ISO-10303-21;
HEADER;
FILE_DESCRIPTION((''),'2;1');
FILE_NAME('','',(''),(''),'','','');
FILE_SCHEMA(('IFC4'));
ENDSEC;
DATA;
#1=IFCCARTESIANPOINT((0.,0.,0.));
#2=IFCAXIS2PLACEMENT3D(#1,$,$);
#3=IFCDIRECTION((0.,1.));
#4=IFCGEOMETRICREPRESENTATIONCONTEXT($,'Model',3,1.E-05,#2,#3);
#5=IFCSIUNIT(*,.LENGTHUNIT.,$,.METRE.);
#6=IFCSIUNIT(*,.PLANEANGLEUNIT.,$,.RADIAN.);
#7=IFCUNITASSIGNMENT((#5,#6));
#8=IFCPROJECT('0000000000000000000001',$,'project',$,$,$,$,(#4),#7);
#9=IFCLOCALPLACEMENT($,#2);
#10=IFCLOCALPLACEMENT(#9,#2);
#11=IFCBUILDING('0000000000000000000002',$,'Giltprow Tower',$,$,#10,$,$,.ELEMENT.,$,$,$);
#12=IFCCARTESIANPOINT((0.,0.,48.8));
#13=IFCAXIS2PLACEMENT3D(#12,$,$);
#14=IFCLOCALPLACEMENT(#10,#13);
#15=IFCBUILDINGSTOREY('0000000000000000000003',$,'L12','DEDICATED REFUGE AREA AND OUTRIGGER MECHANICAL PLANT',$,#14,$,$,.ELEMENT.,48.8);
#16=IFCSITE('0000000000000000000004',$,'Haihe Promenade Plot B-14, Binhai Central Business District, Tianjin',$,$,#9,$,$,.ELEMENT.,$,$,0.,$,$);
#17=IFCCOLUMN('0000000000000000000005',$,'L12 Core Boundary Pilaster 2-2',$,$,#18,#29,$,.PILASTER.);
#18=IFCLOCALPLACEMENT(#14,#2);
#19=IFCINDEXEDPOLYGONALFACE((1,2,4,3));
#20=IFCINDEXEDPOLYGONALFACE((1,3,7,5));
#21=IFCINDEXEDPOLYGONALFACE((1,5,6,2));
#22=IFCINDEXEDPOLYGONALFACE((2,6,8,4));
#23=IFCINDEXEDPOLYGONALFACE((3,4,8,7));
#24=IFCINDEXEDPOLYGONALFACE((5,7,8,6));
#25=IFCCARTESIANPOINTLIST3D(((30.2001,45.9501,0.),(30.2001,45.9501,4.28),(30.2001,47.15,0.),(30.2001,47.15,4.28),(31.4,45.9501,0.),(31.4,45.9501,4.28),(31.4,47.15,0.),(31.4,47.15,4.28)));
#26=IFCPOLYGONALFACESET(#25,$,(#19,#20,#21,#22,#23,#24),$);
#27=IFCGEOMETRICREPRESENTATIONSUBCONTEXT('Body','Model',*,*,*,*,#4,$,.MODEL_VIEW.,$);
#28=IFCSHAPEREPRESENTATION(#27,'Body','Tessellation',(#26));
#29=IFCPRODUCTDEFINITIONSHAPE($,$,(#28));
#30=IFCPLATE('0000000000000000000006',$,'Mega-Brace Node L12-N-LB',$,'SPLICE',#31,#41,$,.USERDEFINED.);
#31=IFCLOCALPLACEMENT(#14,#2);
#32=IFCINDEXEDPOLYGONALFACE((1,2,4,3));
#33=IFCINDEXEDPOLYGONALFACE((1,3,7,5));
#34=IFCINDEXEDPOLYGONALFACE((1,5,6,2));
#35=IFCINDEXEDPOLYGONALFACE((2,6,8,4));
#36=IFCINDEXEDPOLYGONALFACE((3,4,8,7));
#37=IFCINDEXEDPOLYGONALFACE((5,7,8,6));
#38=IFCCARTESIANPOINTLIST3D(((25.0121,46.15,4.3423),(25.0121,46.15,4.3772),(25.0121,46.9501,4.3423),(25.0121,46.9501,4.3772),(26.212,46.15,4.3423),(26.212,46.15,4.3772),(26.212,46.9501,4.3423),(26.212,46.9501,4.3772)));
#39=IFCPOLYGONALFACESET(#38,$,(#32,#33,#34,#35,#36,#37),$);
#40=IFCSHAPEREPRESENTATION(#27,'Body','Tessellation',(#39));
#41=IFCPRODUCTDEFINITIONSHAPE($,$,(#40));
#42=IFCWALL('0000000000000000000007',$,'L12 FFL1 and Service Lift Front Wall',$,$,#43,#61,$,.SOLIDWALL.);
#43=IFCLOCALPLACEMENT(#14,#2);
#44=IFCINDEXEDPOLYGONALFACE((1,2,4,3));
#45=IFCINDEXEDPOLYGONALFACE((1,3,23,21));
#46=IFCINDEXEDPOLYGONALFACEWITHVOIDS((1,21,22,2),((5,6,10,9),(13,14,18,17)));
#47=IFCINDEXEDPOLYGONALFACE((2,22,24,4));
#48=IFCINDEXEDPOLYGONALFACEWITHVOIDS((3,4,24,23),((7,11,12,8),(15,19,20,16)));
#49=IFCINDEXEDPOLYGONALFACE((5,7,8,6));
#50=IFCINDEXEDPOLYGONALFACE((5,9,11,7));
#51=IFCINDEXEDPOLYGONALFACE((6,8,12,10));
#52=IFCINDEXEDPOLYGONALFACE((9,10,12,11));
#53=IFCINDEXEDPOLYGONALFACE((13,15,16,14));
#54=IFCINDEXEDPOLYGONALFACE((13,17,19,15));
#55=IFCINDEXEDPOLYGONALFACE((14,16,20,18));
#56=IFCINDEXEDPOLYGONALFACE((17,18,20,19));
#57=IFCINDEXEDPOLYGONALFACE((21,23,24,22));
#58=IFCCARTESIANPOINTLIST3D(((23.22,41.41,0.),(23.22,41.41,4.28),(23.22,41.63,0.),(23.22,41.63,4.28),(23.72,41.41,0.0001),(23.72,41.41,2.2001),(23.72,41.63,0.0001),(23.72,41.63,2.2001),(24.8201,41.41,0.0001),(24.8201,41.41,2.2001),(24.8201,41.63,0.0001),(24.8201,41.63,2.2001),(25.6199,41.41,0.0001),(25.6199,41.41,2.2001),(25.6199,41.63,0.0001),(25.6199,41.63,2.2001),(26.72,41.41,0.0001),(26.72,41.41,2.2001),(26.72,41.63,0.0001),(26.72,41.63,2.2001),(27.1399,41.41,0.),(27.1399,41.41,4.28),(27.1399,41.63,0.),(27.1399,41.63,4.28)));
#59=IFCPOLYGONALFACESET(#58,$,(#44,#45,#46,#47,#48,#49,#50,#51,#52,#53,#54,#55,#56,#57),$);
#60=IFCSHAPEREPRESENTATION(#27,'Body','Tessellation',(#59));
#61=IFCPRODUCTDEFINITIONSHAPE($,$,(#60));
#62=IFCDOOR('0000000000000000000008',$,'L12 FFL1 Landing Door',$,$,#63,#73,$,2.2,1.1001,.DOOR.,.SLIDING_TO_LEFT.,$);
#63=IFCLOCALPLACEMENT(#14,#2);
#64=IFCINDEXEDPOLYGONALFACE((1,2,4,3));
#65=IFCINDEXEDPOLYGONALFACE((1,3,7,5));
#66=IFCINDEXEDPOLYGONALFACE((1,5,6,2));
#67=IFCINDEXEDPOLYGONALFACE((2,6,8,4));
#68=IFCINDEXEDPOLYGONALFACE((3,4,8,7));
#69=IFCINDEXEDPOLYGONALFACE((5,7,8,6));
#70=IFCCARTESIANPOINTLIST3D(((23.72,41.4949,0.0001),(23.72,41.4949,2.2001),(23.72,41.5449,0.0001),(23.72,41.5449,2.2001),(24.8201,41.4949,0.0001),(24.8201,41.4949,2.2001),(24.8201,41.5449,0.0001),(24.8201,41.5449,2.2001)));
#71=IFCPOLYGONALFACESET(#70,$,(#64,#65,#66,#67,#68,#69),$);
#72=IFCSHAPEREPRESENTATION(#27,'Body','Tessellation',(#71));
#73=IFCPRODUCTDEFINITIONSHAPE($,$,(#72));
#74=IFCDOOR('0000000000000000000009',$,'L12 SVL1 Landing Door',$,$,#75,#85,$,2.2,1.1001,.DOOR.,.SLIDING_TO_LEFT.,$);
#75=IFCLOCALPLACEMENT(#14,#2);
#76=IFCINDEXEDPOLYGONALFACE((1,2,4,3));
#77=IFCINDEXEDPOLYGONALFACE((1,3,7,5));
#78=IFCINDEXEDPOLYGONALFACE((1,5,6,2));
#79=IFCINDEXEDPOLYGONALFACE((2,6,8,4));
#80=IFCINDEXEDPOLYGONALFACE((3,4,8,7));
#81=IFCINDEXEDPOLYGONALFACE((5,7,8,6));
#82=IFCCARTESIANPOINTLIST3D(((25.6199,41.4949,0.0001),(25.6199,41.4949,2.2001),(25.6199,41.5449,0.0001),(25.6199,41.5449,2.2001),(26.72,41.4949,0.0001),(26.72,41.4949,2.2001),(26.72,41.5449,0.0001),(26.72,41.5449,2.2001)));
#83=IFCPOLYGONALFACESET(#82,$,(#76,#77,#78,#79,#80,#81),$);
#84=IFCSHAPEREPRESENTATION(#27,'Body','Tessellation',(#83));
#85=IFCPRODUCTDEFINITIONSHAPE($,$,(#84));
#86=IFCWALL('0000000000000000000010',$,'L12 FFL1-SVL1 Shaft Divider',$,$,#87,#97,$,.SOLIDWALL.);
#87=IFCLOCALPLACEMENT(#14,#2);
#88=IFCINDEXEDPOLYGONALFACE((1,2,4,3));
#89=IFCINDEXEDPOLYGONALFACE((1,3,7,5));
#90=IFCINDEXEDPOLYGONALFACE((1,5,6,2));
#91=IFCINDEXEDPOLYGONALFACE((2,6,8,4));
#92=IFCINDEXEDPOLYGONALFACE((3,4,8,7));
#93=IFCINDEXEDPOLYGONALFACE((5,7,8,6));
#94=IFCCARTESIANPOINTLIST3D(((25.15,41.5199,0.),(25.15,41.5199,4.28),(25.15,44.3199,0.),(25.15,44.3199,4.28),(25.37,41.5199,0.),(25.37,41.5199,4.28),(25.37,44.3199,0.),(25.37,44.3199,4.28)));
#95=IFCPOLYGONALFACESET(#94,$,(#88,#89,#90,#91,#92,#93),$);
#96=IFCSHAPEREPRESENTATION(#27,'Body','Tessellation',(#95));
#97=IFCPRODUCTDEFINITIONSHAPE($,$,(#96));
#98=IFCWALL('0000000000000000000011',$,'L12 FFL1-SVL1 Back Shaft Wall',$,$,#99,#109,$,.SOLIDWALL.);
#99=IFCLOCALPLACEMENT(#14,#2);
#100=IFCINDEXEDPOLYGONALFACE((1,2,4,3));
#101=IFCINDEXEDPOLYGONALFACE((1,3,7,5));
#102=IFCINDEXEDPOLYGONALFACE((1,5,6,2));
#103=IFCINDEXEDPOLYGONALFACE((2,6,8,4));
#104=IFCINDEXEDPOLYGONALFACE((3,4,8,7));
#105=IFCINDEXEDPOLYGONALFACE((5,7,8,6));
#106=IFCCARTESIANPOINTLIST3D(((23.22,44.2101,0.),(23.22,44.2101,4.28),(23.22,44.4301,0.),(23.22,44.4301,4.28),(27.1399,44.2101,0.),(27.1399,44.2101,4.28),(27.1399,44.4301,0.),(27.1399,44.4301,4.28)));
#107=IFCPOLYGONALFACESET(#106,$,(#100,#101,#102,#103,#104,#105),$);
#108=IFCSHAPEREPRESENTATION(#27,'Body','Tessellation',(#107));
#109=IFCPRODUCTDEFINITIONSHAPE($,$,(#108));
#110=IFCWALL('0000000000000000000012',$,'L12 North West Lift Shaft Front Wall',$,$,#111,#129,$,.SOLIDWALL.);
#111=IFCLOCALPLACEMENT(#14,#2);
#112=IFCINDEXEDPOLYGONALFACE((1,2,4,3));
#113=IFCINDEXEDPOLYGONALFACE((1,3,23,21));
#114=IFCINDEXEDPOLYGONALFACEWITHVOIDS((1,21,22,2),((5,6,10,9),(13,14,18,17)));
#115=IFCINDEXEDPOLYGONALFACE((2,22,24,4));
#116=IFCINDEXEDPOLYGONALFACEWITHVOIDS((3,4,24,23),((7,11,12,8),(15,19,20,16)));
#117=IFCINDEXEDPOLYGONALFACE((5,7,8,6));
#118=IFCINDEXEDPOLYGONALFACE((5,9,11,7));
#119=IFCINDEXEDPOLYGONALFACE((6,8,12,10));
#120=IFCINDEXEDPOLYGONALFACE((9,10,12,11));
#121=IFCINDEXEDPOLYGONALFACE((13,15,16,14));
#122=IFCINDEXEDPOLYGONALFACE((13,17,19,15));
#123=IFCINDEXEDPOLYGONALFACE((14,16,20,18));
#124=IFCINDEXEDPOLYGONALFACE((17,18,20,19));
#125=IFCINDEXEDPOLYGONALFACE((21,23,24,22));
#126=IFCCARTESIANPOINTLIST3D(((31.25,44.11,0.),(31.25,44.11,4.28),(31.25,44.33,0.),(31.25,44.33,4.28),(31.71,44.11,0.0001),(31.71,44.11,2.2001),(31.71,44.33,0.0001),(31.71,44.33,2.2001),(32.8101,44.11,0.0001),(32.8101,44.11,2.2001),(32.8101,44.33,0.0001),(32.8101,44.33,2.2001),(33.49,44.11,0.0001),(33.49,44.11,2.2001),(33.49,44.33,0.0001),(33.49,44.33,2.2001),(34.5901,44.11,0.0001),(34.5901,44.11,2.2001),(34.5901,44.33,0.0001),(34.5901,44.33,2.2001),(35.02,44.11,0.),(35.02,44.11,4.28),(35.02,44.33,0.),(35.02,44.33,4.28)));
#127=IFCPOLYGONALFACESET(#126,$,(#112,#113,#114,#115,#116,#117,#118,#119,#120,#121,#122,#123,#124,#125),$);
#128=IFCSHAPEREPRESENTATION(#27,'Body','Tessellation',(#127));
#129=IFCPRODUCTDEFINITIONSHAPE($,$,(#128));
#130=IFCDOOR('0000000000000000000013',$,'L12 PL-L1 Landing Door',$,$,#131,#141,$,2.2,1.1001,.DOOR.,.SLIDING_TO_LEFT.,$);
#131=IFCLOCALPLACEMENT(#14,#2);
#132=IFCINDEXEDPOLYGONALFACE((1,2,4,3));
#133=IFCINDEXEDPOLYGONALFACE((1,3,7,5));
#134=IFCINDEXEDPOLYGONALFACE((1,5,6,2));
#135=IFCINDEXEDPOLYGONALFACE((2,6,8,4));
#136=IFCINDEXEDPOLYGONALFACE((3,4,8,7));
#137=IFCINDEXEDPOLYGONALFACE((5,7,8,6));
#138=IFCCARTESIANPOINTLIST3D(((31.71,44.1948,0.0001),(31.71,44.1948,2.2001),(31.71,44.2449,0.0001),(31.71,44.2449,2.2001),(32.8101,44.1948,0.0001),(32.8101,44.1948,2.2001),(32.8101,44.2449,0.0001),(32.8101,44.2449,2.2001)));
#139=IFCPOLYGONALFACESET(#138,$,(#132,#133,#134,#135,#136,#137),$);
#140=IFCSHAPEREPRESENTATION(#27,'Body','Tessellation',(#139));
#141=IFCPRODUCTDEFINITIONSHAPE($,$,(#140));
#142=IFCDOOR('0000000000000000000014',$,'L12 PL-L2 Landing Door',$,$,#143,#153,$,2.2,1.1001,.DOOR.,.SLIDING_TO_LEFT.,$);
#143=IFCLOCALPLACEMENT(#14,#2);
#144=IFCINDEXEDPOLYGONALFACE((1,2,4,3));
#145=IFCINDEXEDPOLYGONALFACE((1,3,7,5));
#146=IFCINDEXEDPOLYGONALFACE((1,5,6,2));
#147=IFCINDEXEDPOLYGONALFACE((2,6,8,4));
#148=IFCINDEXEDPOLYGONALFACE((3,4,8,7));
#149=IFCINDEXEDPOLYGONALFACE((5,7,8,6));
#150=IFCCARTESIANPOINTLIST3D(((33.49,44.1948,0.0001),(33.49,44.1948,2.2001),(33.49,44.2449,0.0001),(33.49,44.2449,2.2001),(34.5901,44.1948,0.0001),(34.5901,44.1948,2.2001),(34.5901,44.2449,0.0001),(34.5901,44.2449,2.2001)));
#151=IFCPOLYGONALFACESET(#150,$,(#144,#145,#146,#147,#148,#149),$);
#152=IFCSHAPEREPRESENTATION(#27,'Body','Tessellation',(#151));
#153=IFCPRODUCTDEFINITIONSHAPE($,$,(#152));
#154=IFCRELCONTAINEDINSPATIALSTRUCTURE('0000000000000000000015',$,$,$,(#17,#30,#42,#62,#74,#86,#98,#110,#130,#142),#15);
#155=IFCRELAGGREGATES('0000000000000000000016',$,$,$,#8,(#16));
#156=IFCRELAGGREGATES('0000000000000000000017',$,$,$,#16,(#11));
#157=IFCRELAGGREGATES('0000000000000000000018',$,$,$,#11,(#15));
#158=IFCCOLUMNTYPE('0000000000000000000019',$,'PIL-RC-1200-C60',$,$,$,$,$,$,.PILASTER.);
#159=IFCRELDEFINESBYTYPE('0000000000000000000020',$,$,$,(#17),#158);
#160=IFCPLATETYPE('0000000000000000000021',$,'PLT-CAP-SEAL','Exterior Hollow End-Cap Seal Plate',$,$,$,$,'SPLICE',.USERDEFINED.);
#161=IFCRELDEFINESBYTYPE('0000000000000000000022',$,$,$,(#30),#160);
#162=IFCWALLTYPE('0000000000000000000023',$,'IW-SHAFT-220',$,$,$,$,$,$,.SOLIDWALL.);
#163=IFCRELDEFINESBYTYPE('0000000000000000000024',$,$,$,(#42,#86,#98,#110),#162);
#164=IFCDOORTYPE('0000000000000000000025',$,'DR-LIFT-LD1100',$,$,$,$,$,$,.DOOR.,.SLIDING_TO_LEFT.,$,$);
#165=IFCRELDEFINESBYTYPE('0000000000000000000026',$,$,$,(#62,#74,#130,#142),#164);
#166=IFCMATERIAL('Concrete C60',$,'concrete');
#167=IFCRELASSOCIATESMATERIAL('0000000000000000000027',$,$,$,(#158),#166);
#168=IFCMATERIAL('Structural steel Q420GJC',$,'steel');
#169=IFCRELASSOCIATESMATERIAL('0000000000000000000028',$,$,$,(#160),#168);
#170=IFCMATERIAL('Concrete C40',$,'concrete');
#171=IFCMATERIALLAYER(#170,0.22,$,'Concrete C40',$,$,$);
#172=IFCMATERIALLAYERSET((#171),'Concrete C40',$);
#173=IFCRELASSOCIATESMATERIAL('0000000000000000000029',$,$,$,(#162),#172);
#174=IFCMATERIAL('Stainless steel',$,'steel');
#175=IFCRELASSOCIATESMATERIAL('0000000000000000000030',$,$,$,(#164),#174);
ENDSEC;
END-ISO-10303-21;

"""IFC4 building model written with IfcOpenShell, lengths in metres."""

from ifc_helpers import new_model, si_unit, direction, frame, frame_2d, origin, origin_2d, place, context, subcontext, project, spatial, rectangle, extrude, source, transform, mapped, material, layer, layer_set, material_profile, profile_set, type_object, element, fill, save


model = new_model("IFC4")

# Units and contexts
model_context = context("Model", 3, precision=1e-05, world=origin(), true_north=direction((0.0, 1.0)))
body_context = subcontext(model_context, "Body", "Model", "MODEL_VIEW")
ifc_project = project(units=[si_unit("LENGTHUNIT", "METRE"), si_unit("PLANEANGLEUNIT", "RADIAN")], contexts=[model_context])

# Site, building, storey
site_placement = place(None, origin())
site = spatial("IfcSite", under=ifc_project, at=site_placement, Name="Haihe Promenade Plot B-14, Binhai Central Business District, Tianjin", CompositionType="ELEMENT", RefElevation=0.0)
building_placement = place(site_placement, origin())
building = spatial("IfcBuilding", under=site, at=building_placement, Name="Giltprow Tower", CompositionType="ELEMENT")
storey_placement = place(building_placement, frame((0.0, 0.0, 48.8)))
storey = spatial("IfcBuildingStorey", under=building, at=storey_placement, Name="L12", Description="DEDICATED REFUGE AREA AND OUTRIGGER MECHANICAL PLANT", CompositionType="ELEMENT", Elevation=48.8)

# Column
ifc_material_1 = material(Name="Concrete C60", Category="concrete")
ifc_material_profile = material_profile(ifc_material_1, rectangle(XDim=1.2, YDim=1.2, at=origin_2d()), Name="RC 1200x1200")
ifc_profile_set = profile_set([ifc_material_profile], Name="Concrete C60")
column_type = type_object("IfcColumnType", Name="PIL-RC-1200-C60", PredefinedType="PILASTER", material=ifc_profile_set)
shared_shape_1 = source(origin(), body_context, "Body", "SweptSolid", [
    extrude(rectangle(XDim=1.2, YDim=1.2, at=origin_2d()), origin(), (0.0, 0.0, 1.0), 4.28),
])
column_placement = place(storey_placement, frame((30.8, 46.55, 0.0), z_axis=(0.0, 0.0, 1.0), x_axis=(1.0, 0.0, 0.0)))
element("IfcColumn", 1, at=column_placement, inside=storey, type_object=column_type, Name="L12 Core Boundary Pilaster 2-2", PredefinedType="PILASTER", context=body_context, shape_type="MappedRepresentation", body=[
    mapped(shared_shape_1, transform((0.0, 0.0, 0.0), x_axis=(1.0, 0.0, 0.0), y_axis=(0.0, 1.0, 0.0), z_axis=(0.0, 0.0, 1.0), scale=1.0)),
])

# Plate
ifc_material_2 = material(Name="Structural steel Q420GJC", Category="steel")
plate_type = type_object("IfcPlateType", Name="PLT-CAP-SEAL", Description="Exterior Hollow End-Cap Seal Plate", ElementType="SPLICE", PredefinedType="USERDEFINED", material=ifc_material_2)
shared_shape_2 = source(origin(), body_context, "Body", "SweptSolid", [
    extrude(rectangle(XDim=1.2, YDim=0.8, at=origin_2d()), origin(), (0.0, 0.0, 1.0), 0.0349),
])
plate_placement = place(storey_placement, frame((25.6121, 46.55, 4.3423), z_axis=(0.0, 0.0, 1.0), x_axis=(1.0, 0.0, 0.0)))
element("IfcPlate", 2, at=plate_placement, inside=storey, type_object=plate_type, Name="Mega-Brace Node L12-N-LB", ObjectType="SPLICE", PredefinedType="USERDEFINED", context=body_context, shape_type="MappedRepresentation", body=[
    mapped(shared_shape_2, transform((0.0, 0.0, 0.0), x_axis=(1.0, 0.0, 0.0), y_axis=(0.0, 1.0, 0.0), z_axis=(0.0, 0.0, 1.0), scale=1.0)),
])

# Wall, openings, doors
ifc_material_3 = material(Name="Concrete C40", Category="concrete")
ifc_layer_1 = layer(ifc_material_3, 0.22, Name="Concrete C40")
ifc_layer_set_1 = layer_set([ifc_layer_1], Name="Concrete C40")
wall_type_1 = type_object("IfcWallType", Name="IW-SHAFT-220", PredefinedType="SOLIDWALL", material=ifc_layer_set_1)
wall_1_placement = place(storey_placement, frame((23.22, 41.52, 0.0), z_axis=(0.0, 0.0, 1.0), x_axis=(1.0, 0.0, 0.0)))
wall_1 = element("IfcWall", 3, at=wall_1_placement, inside=storey, type_object=wall_type_1, Name="L12 FFL1 and Service Lift Front Wall", PredefinedType="SOLIDWALL", context=body_context, shape_type="SweptSolid", body=[
    extrude(rectangle(XDim=3.9199, YDim=0.22, at=frame_2d((1.96, 0.0))), origin(), (0.0, 0.0, 1.0), 4.28),
])
opening_1_placement = place(wall_1_placement, frame((0.5, 0.0, 0.0)))
opening_1 = element("IfcOpeningElement", 4, at=opening_1_placement, cuts=wall_1, PredefinedType="OPENING", context=body_context, shape_type="SweptSolid", body=[
    extrude(rectangle(XDim=1.1001, YDim=2.2, at=frame_2d((0.55, 1.1001))), frame((0.0, 0.1199, 0.0), z_axis=(0.0, -1.0, 0.0), x_axis=(1.0, 0.0, 0.0)), (0.0, 0.0, 1.0), 0.24),
])
opening_2_placement = place(wall_1_placement, frame((2.3999, 0.0, 0.0)))
opening_2 = element("IfcOpeningElement", 5, at=opening_2_placement, cuts=wall_1, PredefinedType="OPENING", context=body_context, shape_type="SweptSolid", body=[
    extrude(rectangle(XDim=1.1001, YDim=2.2, at=frame_2d((0.55, 1.1001))), frame((0.0, 0.1199, 0.0), z_axis=(0.0, -1.0, 0.0), x_axis=(1.0, 0.0, 0.0)), (0.0, 0.0, 1.0), 0.24),
])
ifc_material_4 = material(Name="Stainless steel", Category="steel")
door_type_1 = type_object("IfcDoorType", Name="DR-LIFT-LD1100", OperationType="SLIDING_TO_LEFT", PredefinedType="DOOR", material=ifc_material_4)
shared_shape_3 = source(origin(), body_context, "Body", "SweptSolid", [
    extrude(rectangle(XDim=1.1001, YDim=2.2, at=frame_2d((0.55, 1.1001))), frame((0.0, 0.0249, 0.0), z_axis=(0.0, -1.0, 0.0), x_axis=(1.0, 0.0, 0.0)), (0.0, 0.0, 1.0), 0.05),
])
door_1_placement = place(opening_1_placement, origin())
door_1 = element("IfcDoor", 6, at=door_1_placement, inside=storey, type_object=door_type_1, Name="L12 FFL1 Landing Door", OperationType="SLIDING_TO_LEFT", OverallHeight=2.2, OverallWidth=1.1001, PredefinedType="DOOR", context=body_context, shape_type="MappedRepresentation", body=[
    mapped(shared_shape_3, transform((0.0, 0.0, 0.0), x_axis=(1.0, 0.0, 0.0), y_axis=(0.0, 1.0, 0.0), z_axis=(0.0, 0.0, 1.0), scale=1.0)),
])
fill(opening_1, door_1)
door_2_placement = place(opening_2_placement, origin())
door_2 = element("IfcDoor", 7, at=door_2_placement, inside=storey, type_object=door_type_1, Name="L12 SVL1 Landing Door", OperationType="SLIDING_TO_LEFT", OverallHeight=2.2, OverallWidth=1.1001, PredefinedType="DOOR", context=body_context, shape_type="MappedRepresentation", body=[
    mapped(shared_shape_3, transform((0.0, 0.0, 0.0), x_axis=(1.0, 0.0, 0.0), y_axis=(0.0, 1.0, 0.0), z_axis=(0.0, 0.0, 1.0), scale=1.0)),
])
fill(opening_2, door_2)

# Walls
wall_2_placement = place(storey_placement, frame((25.26, 41.52, 0.0), z_axis=(0.0, 0.0, 1.0), x_axis=(0.0, 1.0, 0.0)))
element("IfcWall", 8, at=wall_2_placement, inside=storey, type_object=wall_type_1, Name="L12 FFL1-SVL1 Shaft Divider", PredefinedType="SOLIDWALL", context=body_context, shape_type="SweptSolid", body=[
    extrude(rectangle(XDim=2.8, YDim=0.22, at=frame_2d((1.3999, 0.0))), origin(), (0.0, 0.0, 1.0), 4.28),
])
wall_3_placement = place(storey_placement, frame((23.22, 44.3201, 0.0), z_axis=(0.0, 0.0, 1.0), x_axis=(1.0, 0.0, 0.0)))
element("IfcWall", 9, at=wall_3_placement, inside=storey, type_object=wall_type_1, Name="L12 FFL1-SVL1 Back Shaft Wall", PredefinedType="SOLIDWALL", context=body_context, shape_type="SweptSolid", body=[
    extrude(rectangle(XDim=3.9199, YDim=0.22, at=frame_2d((1.96, 0.0))), origin(), (0.0, 0.0, 1.0), 4.28),
])

# Wall, openings, doors
wall_4_placement = place(storey_placement, frame((31.25, 44.22, 0.0), z_axis=(0.0, 0.0, 1.0), x_axis=(1.0, 0.0, 0.0)))
wall_4 = element("IfcWall", 10, at=wall_4_placement, inside=storey, type_object=wall_type_1, Name="L12 North West Lift Shaft Front Wall", PredefinedType="SOLIDWALL", context=body_context, shape_type="SweptSolid", body=[
    extrude(rectangle(XDim=3.77, YDim=0.22, at=frame_2d((1.885, 0.0))), origin(), (0.0, 0.0, 1.0), 4.28),
])
opening_3_placement = place(wall_4_placement, frame((0.46, 0.0, 0.0)))
opening_3 = element("IfcOpeningElement", 11, at=opening_3_placement, cuts=wall_4, PredefinedType="OPENING", context=body_context, shape_type="SweptSolid", body=[
    extrude(rectangle(XDim=1.1001, YDim=2.2, at=frame_2d((0.55, 1.1001))), frame((0.0, 0.1199, 0.0), z_axis=(0.0, -1.0, 0.0), x_axis=(1.0, 0.0, 0.0)), (0.0, 0.0, 1.0), 0.24),
])
opening_4_placement = place(wall_4_placement, frame((2.24, 0.0, 0.0)))
opening_4 = element("IfcOpeningElement", 12, at=opening_4_placement, cuts=wall_4, PredefinedType="OPENING", context=body_context, shape_type="SweptSolid", body=[
    extrude(rectangle(XDim=1.1001, YDim=2.2, at=frame_2d((0.55, 1.1001))), frame((0.0, 0.1199, 0.0), z_axis=(0.0, -1.0, 0.0), x_axis=(1.0, 0.0, 0.0)), (0.0, 0.0, 1.0), 0.24),
])
door_3_placement = place(opening_3_placement, origin())
door_3 = element("IfcDoor", 13, at=door_3_placement, inside=storey, type_object=door_type_1, Name="L12 PL-L1 Landing Door", OperationType="SLIDING_TO_LEFT", OverallHeight=2.2, OverallWidth=1.1001, PredefinedType="DOOR", context=body_context, shape_type="MappedRepresentation", body=[
    mapped(shared_shape_3, transform((0.0, 0.0, 0.0), x_axis=(1.0, 0.0, 0.0), y_axis=(0.0, 1.0, 0.0), z_axis=(0.0, 0.0, 1.0), scale=1.0)),
])
fill(opening_3, door_3)
door_4_placement = place(opening_4_placement, origin())
door_4 = element("IfcDoor", 14, at=door_4_placement, inside=storey, type_object=door_type_1, Name="L12 PL-L2 Landing Door", OperationType="SLIDING_TO_LEFT", OverallHeight=2.2, OverallWidth=1.1001, PredefinedType="DOOR", context=body_context, shape_type="MappedRepresentation", body=[
    mapped(shared_shape_3, transform((0.0, 0.0, 0.0), x_axis=(1.0, 0.0, 0.0), y_axis=(0.0, 1.0, 0.0), z_axis=(0.0, 0.0, 1.0), scale=1.0)),
])
fill(opening_4, door_4)

save(model, "model.ifc")
